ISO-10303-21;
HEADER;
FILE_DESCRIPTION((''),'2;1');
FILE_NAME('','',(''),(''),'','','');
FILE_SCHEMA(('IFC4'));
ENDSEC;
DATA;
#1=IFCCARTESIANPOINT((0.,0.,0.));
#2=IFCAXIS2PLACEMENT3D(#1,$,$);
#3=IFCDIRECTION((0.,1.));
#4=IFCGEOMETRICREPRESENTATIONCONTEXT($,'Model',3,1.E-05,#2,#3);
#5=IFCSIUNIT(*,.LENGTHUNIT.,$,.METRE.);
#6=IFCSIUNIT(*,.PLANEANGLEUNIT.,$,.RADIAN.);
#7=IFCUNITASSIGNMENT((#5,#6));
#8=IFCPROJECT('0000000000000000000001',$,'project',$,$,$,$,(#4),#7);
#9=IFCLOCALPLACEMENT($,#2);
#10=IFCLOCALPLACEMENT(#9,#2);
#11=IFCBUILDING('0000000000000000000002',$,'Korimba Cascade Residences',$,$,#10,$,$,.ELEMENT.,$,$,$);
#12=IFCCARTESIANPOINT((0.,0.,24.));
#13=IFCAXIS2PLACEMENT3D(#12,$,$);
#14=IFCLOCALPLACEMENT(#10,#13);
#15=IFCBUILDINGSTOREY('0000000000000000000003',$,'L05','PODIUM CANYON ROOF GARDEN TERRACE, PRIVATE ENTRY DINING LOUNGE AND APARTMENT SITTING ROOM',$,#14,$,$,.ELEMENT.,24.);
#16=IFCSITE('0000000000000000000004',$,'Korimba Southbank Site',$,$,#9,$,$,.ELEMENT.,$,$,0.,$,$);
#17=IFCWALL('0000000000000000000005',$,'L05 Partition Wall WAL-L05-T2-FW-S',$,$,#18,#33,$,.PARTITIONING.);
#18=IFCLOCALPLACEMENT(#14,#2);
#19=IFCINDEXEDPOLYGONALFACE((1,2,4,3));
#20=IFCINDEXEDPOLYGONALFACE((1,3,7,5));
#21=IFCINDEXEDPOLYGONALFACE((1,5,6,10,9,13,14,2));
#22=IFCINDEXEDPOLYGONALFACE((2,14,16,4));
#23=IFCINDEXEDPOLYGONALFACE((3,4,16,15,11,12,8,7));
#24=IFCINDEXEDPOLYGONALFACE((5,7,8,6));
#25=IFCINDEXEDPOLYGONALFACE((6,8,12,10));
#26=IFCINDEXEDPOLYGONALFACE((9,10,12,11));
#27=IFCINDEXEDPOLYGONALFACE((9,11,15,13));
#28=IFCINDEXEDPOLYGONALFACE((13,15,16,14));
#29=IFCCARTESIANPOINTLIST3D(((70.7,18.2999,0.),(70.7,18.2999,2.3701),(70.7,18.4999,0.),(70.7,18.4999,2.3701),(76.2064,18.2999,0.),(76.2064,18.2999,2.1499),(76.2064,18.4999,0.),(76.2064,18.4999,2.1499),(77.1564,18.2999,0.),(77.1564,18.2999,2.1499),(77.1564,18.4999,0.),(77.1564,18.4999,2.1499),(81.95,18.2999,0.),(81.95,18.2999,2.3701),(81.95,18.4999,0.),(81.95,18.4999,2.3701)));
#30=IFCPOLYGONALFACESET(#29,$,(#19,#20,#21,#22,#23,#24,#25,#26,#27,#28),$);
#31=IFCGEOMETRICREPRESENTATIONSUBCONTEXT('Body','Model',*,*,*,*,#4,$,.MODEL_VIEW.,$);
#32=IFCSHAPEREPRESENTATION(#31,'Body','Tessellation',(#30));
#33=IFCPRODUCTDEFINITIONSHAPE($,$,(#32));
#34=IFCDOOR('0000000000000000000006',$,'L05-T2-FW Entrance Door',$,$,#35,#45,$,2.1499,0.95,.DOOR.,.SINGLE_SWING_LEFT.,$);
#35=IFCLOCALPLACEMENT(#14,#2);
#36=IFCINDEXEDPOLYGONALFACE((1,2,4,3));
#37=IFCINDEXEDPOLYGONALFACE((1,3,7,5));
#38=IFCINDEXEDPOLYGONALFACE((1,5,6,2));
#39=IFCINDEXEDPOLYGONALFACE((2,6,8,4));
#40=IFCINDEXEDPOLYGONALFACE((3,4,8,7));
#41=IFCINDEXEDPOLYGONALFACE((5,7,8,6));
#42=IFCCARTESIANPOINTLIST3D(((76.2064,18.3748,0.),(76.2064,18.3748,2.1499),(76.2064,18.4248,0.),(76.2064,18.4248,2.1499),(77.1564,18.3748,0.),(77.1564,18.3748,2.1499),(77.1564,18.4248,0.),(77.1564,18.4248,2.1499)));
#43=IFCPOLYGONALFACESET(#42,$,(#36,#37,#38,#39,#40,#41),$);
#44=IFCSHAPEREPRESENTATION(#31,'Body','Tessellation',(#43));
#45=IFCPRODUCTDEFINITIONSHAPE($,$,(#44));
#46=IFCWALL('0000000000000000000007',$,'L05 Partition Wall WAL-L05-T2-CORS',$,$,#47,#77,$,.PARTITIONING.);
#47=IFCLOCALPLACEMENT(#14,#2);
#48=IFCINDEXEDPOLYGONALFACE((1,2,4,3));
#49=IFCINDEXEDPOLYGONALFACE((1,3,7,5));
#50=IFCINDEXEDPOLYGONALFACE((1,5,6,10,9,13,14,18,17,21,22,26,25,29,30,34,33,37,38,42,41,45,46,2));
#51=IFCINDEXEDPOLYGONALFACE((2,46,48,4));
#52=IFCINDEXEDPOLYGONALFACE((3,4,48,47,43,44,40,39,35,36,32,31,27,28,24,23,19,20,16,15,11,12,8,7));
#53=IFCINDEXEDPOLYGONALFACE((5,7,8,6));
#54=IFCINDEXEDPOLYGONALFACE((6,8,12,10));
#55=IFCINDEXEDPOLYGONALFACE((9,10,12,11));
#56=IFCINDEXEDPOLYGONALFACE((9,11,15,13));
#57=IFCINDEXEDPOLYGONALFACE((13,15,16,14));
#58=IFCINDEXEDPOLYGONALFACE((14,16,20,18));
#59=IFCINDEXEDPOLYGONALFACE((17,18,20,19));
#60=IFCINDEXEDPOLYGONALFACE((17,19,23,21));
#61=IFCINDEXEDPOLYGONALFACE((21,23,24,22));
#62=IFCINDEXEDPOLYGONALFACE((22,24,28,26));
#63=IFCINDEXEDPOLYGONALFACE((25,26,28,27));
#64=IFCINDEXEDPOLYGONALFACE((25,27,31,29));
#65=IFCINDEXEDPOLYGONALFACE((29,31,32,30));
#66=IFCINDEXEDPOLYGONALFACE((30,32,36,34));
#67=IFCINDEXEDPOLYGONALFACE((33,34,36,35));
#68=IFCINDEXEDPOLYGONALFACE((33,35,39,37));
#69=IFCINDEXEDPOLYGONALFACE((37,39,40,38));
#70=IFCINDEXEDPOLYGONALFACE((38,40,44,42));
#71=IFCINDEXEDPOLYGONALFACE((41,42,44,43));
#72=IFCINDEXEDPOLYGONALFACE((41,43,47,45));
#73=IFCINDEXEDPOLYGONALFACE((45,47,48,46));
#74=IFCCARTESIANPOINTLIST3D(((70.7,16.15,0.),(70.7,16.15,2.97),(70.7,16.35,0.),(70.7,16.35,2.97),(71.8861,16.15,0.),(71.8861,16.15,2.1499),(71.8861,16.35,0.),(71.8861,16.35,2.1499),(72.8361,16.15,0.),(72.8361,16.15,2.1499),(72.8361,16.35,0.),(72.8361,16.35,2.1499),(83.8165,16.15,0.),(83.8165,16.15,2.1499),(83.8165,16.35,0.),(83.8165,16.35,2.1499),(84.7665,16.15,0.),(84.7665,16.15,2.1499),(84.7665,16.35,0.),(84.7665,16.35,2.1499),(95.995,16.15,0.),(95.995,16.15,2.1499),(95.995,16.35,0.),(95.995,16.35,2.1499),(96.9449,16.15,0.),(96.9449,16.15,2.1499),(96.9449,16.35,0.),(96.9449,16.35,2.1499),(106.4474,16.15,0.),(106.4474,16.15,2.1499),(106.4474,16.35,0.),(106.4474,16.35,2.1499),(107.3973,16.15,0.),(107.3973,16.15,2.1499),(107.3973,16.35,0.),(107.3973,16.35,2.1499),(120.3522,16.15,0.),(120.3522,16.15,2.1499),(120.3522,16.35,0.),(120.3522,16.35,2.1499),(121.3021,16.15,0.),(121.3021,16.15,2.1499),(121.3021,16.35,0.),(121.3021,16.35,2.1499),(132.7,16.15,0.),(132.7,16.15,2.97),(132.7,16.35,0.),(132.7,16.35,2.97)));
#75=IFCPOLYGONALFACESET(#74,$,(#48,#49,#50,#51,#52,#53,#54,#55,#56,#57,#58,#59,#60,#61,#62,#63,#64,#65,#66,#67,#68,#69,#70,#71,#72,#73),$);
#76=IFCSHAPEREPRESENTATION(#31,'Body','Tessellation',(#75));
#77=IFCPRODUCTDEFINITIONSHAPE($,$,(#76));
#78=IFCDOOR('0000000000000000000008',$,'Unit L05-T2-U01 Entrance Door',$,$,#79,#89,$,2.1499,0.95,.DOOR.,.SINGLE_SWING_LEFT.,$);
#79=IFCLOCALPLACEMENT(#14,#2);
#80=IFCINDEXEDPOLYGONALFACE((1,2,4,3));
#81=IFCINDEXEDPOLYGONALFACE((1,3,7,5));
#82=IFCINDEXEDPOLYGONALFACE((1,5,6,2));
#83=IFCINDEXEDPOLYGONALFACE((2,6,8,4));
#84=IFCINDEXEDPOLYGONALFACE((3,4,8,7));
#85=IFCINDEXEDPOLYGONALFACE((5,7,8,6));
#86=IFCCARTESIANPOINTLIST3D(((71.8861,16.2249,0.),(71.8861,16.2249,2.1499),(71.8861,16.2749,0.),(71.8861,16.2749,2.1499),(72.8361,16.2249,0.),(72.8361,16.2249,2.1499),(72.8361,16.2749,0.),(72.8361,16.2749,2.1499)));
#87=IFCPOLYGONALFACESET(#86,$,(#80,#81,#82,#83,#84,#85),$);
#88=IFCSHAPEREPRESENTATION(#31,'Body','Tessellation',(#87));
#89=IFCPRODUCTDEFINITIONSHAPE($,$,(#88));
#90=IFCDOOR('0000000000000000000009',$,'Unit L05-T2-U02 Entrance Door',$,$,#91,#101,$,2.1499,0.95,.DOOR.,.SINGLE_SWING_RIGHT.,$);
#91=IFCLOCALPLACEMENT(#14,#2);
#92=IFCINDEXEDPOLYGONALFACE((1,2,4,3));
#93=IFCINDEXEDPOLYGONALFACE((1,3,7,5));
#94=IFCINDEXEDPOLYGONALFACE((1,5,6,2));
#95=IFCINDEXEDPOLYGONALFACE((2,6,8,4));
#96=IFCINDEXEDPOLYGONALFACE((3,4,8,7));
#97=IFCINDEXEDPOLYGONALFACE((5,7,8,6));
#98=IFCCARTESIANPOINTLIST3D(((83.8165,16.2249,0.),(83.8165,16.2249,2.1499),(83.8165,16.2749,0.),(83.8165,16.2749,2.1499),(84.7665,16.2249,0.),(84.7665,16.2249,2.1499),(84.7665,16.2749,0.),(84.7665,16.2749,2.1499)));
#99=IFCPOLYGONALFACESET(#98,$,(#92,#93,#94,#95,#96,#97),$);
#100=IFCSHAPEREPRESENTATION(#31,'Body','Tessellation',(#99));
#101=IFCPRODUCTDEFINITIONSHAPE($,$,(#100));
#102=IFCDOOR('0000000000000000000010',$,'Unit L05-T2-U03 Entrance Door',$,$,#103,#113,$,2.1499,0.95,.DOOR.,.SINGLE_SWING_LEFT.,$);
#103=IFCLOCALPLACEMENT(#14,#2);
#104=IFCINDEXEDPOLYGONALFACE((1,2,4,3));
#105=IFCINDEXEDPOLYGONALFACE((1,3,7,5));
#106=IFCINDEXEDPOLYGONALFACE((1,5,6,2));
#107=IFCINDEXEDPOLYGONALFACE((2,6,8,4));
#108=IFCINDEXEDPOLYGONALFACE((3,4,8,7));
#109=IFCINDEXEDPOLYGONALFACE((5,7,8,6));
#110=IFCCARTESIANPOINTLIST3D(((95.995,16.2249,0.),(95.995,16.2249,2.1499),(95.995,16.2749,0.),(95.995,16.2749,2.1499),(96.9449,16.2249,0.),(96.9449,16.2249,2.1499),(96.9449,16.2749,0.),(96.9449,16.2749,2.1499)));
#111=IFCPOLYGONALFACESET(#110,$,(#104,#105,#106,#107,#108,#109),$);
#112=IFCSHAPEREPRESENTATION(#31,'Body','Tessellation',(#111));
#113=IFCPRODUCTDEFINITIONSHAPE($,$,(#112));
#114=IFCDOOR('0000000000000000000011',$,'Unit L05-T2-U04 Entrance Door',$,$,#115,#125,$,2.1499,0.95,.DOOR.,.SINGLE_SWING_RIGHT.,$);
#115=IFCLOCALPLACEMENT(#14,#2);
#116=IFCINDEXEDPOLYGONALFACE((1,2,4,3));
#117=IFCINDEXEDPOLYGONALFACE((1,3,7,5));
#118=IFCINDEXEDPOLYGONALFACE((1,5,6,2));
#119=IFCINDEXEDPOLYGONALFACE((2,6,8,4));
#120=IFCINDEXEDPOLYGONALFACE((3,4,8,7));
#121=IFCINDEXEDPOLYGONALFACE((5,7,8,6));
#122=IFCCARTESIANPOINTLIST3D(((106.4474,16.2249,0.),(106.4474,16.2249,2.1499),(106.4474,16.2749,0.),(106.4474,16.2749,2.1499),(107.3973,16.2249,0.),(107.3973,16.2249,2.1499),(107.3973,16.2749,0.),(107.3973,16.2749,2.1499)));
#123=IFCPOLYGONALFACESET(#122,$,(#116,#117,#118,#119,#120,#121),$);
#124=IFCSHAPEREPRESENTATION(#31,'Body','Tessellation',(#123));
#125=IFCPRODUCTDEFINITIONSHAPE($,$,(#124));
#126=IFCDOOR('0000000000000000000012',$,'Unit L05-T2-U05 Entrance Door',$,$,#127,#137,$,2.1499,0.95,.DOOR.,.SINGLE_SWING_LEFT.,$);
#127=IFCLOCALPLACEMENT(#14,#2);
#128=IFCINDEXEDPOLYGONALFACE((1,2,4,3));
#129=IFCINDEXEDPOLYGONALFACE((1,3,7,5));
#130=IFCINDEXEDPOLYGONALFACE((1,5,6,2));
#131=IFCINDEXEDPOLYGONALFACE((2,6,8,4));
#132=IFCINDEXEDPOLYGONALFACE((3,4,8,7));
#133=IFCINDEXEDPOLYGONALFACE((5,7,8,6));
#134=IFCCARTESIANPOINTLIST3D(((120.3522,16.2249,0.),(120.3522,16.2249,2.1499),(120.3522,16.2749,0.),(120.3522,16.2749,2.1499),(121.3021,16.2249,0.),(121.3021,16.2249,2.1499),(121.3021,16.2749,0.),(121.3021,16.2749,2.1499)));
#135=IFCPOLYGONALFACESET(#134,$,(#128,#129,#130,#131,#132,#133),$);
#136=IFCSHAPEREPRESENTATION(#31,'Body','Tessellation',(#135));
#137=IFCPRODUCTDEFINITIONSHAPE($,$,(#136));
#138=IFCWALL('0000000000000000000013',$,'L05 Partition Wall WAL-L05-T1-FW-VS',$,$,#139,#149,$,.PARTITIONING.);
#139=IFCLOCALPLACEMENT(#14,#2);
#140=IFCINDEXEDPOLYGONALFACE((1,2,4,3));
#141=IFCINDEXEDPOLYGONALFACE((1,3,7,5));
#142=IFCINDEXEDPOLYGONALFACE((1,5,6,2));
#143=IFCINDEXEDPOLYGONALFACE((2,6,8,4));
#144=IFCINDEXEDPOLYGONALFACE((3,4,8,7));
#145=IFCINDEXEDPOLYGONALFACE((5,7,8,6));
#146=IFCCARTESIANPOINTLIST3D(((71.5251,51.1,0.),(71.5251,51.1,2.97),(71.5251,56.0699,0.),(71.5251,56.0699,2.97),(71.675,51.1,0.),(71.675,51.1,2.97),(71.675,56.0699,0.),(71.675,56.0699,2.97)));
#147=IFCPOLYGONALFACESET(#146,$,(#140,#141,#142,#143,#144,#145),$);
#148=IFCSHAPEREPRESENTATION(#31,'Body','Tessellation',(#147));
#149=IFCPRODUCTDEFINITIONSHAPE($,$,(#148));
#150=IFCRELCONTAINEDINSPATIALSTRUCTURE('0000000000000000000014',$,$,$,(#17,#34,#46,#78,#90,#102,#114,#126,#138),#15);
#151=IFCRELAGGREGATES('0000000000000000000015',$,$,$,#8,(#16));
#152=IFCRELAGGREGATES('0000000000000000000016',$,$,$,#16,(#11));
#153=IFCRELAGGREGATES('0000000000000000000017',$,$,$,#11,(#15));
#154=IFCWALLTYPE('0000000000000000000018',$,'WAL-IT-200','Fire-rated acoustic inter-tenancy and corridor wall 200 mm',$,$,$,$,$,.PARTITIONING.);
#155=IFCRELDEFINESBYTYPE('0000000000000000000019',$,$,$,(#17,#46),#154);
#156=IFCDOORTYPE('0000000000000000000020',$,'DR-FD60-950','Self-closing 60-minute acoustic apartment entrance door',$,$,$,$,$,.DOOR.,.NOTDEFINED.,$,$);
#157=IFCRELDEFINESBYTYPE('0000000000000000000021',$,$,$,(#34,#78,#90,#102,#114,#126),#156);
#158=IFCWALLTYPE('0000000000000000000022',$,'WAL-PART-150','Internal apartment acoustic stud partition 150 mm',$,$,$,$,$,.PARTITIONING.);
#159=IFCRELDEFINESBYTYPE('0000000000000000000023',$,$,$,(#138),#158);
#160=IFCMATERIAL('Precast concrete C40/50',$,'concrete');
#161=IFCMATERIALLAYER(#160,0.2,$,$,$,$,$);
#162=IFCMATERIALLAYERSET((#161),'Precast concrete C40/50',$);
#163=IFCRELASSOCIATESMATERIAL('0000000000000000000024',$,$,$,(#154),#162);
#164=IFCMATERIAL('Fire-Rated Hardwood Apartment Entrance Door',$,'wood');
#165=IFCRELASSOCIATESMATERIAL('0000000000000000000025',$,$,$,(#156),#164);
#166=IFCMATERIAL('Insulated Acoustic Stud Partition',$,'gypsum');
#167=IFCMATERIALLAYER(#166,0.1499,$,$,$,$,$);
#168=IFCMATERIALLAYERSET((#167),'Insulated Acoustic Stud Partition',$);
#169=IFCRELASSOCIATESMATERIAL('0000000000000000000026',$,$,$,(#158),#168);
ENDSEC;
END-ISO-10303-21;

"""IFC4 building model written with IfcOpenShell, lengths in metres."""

from ifc_helpers import new_model, si_unit, direction, frame, frame_2d, origin, place, context, subcontext, project, spatial, rectangle, extrude, material, layer, layer_set, type_object, element, fill, save


model = new_model("IFC4")

# Units and contexts
model_context = context("Model", 3, precision=1e-05, world=origin(), true_north=direction((0.0, 1.0)))
body_context = subcontext(model_context, "Body", "Model", "MODEL_VIEW")
ifc_project = project(units=[si_unit("LENGTHUNIT", "METRE"), si_unit("PLANEANGLEUNIT", "RADIAN")], contexts=[model_context])

# Site, building, storey
site_placement = place(None, origin())
site = spatial("IfcSite", under=ifc_project, at=site_placement, Name="Korimba Southbank Site", CompositionType="ELEMENT", RefElevation=0.0)
building_placement = place(site_placement, origin())
building = spatial("IfcBuilding", under=site, at=building_placement, Name="Korimba Cascade Residences", CompositionType="ELEMENT")
storey_placement = place(building_placement, frame((0.0, 0.0, 24.0)))
storey = spatial("IfcBuildingStorey", under=building, at=storey_placement, Name="L05", Description="PODIUM CANYON ROOF GARDEN TERRACE, PRIVATE ENTRY DINING LOUNGE AND APARTMENT SITTING ROOM", CompositionType="ELEMENT", Elevation=24.0)

# Shared definitions
ifc_material_1 = material(Name="Precast concrete C40/50", Category="concrete")

# Shared definitions
ifc_layer_1 = layer(ifc_material_1, 0.2)
ifc_layer_set_1 = layer_set([ifc_layer_1], Name="Precast concrete C40/50")
wall_type_1 = type_object("IfcWallType", Name="WAL-IT-200", Description="Fire-rated acoustic inter-tenancy and corridor wall 200 mm", PredefinedType="PARTITIONING", material=ifc_layer_set_1)

# Wall, opening, door
wall_1_placement = place(storey_placement, frame((70.7, 18.3999, 0.0), z_axis=(0.0, 0.0, 1.0), x_axis=(1.0, 0.0, 0.0)))
wall_1 = element("IfcWall", 1, at=wall_1_placement, inside=storey, type_object=wall_type_1, Name="L05 Partition Wall WAL-L05-T2-FW-S", PredefinedType="PARTITIONING", context=body_context, shape_type="SweptSolid", body=[
    extrude(rectangle(XDim=11.25, YDim=0.2, at=frame_2d((5.625, 0.0))), origin(), (0.0, 0.0, 1.0), 2.3701),
])
opening_1_placement = place(wall_1_placement, frame((5.5063, 0.0, 0.0)))
opening_1 = element("IfcOpeningElement", 2, at=opening_1_placement, cuts=wall_1, PredefinedType="OPENING", context=body_context, shape_type="SweptSolid", body=[
    extrude(rectangle(XDim=0.95, YDim=2.1499, at=frame_2d((0.4751, 1.075))), frame((0.0, 0.1099, 0.0), z_axis=(0.0, -1.0, 0.0), x_axis=(1.0, 0.0, 0.0)), (0.0, 0.0, 1.0), 0.22),
])
ifc_material_2 = material(Name="Fire-Rated Hardwood Apartment Entrance Door", Category="wood")
door_type_1 = type_object("IfcDoorType", Name="DR-FD60-950", Description="Self-closing 60-minute acoustic apartment entrance door", OperationType="NOTDEFINED", PredefinedType="DOOR", material=ifc_material_2)
door_1_placement = place(opening_1_placement, origin())
door_1 = element("IfcDoor", 3, at=door_1_placement, inside=storey, type_object=door_type_1, Name="L05-T2-FW Entrance Door", OperationType="SINGLE_SWING_LEFT", OverallHeight=2.1499, OverallWidth=0.95, PredefinedType="DOOR", context=body_context, shape_type="SweptSolid", body=[
    extrude(rectangle(XDim=0.95, YDim=2.1499, at=frame_2d((0.4751, 1.075))), frame((0.0, 0.0249, 0.0), z_axis=(0.0, -1.0, 0.0), x_axis=(1.0, 0.0, 0.0)), (0.0, 0.0, 1.0), 0.05),
])
fill(opening_1, door_1)

# Wall, openings, doors
wall_2_placement = place(storey_placement, frame((70.7, 16.25, 0.0), z_axis=(0.0, 0.0, 1.0), x_axis=(1.0, 0.0, 0.0)))
wall_2 = element("IfcWall", 4, at=wall_2_placement, inside=storey, type_object=wall_type_1, Name="L05 Partition Wall WAL-L05-T2-CORS", PredefinedType="PARTITIONING", context=body_context, shape_type="SweptSolid", body=[
    extrude(rectangle(XDim=62.0, YDim=0.2, at=frame_2d((31.0, 0.0))), origin(), (0.0, 0.0, 1.0), 2.97),
])
opening_2_placement = place(wall_2_placement, frame((1.186, 0.0, 0.0)))
opening_2 = element("IfcOpeningElement", 5, at=opening_2_placement, cuts=wall_2, PredefinedType="OPENING", context=body_context, shape_type="SweptSolid", body=[
    extrude(rectangle(XDim=0.95, YDim=2.1499, at=frame_2d((0.4751, 1.075))), frame((0.0, 0.1099, 0.0), z_axis=(0.0, -1.0, 0.0), x_axis=(1.0, 0.0, 0.0)), (0.0, 0.0, 1.0), 0.22),
])
opening_3_placement = place(wall_2_placement, frame((13.1165, 0.0, 0.0)))
opening_3 = element("IfcOpeningElement", 6, at=opening_3_placement, cuts=wall_2, PredefinedType="OPENING", context=body_context, shape_type="SweptSolid", body=[
    extrude(rectangle(XDim=0.95, YDim=2.1499, at=frame_2d((0.4751, 1.075))), frame((0.0, 0.1099, 0.0), z_axis=(0.0, -1.0, 0.0), x_axis=(1.0, 0.0, 0.0)), (0.0, 0.0, 1.0), 0.22),
])
opening_4_placement = place(wall_2_placement, frame((25.2949, 0.0, 0.0)))
opening_4 = element("IfcOpeningElement", 7, at=opening_4_placement, cuts=wall_2, PredefinedType="OPENING", context=body_context, shape_type="SweptSolid", body=[
    extrude(rectangle(XDim=0.95, YDim=2.1499, at=frame_2d((0.4751, 1.075))), frame((0.0, 0.1099, 0.0), z_axis=(0.0, -1.0, 0.0), x_axis=(1.0, 0.0, 0.0)), (0.0, 0.0, 1.0), 0.22),
])
opening_5_placement = place(wall_2_placement, frame((35.7473, 0.0, 0.0)))
opening_5 = element("IfcOpeningElement", 8, at=opening_5_placement, cuts=wall_2, PredefinedType="OPENING", context=body_context, shape_type="SweptSolid", body=[
    extrude(rectangle(XDim=0.95, YDim=2.1499, at=frame_2d((0.4751, 1.075))), frame((0.0, 0.1099, 0.0), z_axis=(0.0, -1.0, 0.0), x_axis=(1.0, 0.0, 0.0)), (0.0, 0.0, 1.0), 0.22),
])
opening_6_placement = place(wall_2_placement, frame((49.6521, 0.0, 0.0)))
opening_6 = element("IfcOpeningElement", 9, at=opening_6_placement, cuts=wall_2, PredefinedType="OPENING", context=body_context, shape_type="SweptSolid", body=[
    extrude(rectangle(XDim=0.95, YDim=2.1499, at=frame_2d((0.4751, 1.075))), frame((0.0, 0.1099, 0.0), z_axis=(0.0, -1.0, 0.0), x_axis=(1.0, 0.0, 0.0)), (0.0, 0.0, 1.0), 0.22),
])
door_2_placement = place(opening_2_placement, origin())
door_2 = element("IfcDoor", 10, at=door_2_placement, inside=storey, type_object=door_type_1, Name="Unit L05-T2-U01 Entrance Door", OperationType="SINGLE_SWING_LEFT", OverallHeight=2.1499, OverallWidth=0.95, PredefinedType="DOOR", context=body_context, shape_type="SweptSolid", body=[
    extrude(rectangle(XDim=0.95, YDim=2.1499, at=frame_2d((0.4751, 1.075))), frame((0.0, 0.0249, 0.0), z_axis=(0.0, -1.0, 0.0), x_axis=(1.0, 0.0, 0.0)), (0.0, 0.0, 1.0), 0.05),
])
fill(opening_2, door_2)
door_3_placement = place(opening_3_placement, origin())
door_3 = element("IfcDoor", 11, at=door_3_placement, inside=storey, type_object=door_type_1, Name="Unit L05-T2-U02 Entrance Door", OperationType="SINGLE_SWING_RIGHT", OverallHeight=2.1499, OverallWidth=0.95, PredefinedType="DOOR", context=body_context, shape_type="SweptSolid", body=[
    extrude(rectangle(XDim=0.95, YDim=2.1499, at=frame_2d((0.4751, 1.075))), frame((0.0, 0.0249, 0.0), z_axis=(0.0, -1.0, 0.0), x_axis=(1.0, 0.0, 0.0)), (0.0, 0.0, 1.0), 0.05),
])
fill(opening_3, door_3)
door_4_placement = place(opening_4_placement, origin())
door_4 = element("IfcDoor", 12, at=door_4_placement, inside=storey, type_object=door_type_1, Name="Unit L05-T2-U03 Entrance Door", OperationType="SINGLE_SWING_LEFT", OverallHeight=2.1499, OverallWidth=0.95, PredefinedType="DOOR", context=body_context, shape_type="SweptSolid", body=[
    extrude(rectangle(XDim=0.95, YDim=2.1499, at=frame_2d((0.4751, 1.075))), frame((0.0, 0.0249, 0.0), z_axis=(0.0, -1.0, 0.0), x_axis=(1.0, 0.0, 0.0)), (0.0, 0.0, 1.0), 0.05),
])
fill(opening_4, door_4)
door_5_placement = place(opening_5_placement, origin())
door_5 = element("IfcDoor", 13, at=door_5_placement, inside=storey, type_object=door_type_1, Name="Unit L05-T2-U04 Entrance Door", OperationType="SINGLE_SWING_RIGHT", OverallHeight=2.1499, OverallWidth=0.95, PredefinedType="DOOR", context=body_context, shape_type="SweptSolid", body=[
    extrude(rectangle(XDim=0.95, YDim=2.1499, at=frame_2d((0.4751, 1.075))), frame((0.0, 0.0249, 0.0), z_axis=(0.0, -1.0, 0.0), x_axis=(1.0, 0.0, 0.0)), (0.0, 0.0, 1.0), 0.05),
])
fill(opening_5, door_5)
door_6_placement = place(opening_6_placement, origin())
door_6 = element("IfcDoor", 14, at=door_6_placement, inside=storey, type_object=door_type_1, Name="Unit L05-T2-U05 Entrance Door", OperationType="SINGLE_SWING_LEFT", OverallHeight=2.1499, OverallWidth=0.95, PredefinedType="DOOR", context=body_context, shape_type="SweptSolid", body=[
    extrude(rectangle(XDim=0.95, YDim=2.1499, at=frame_2d((0.4751, 1.075))), frame((0.0, 0.0249, 0.0), z_axis=(0.0, -1.0, 0.0), x_axis=(1.0, 0.0, 0.0)), (0.0, 0.0, 1.0), 0.05),
])
fill(opening_6, door_6)

# Wall
ifc_material_3 = material(Name="Insulated Acoustic Stud Partition", Category="gypsum")
ifc_layer_2 = layer(ifc_material_3, 0.1499)
ifc_layer_set_2 = layer_set([ifc_layer_2], Name="Insulated Acoustic Stud Partition")
wall_type_2 = type_object("IfcWallType", Name="WAL-PART-150", Description="Internal apartment acoustic stud partition 150 mm", PredefinedType="PARTITIONING", material=ifc_layer_set_2)
wall_3_placement = place(storey_placement, frame((71.6001, 51.1001, 0.0), z_axis=(0.0, 0.0, 1.0), x_axis=(0.0, 1.0, 0.0)))
element("IfcWall", 15, at=wall_3_placement, inside=storey, type_object=wall_type_2, Name="L05 Partition Wall WAL-L05-T1-FW-VS", PredefinedType="PARTITIONING", context=body_context, shape_type="SweptSolid", body=[
    extrude(rectangle(XDim=4.97, YDim=0.1499, at=frame_2d((2.4849, 0.0))), origin(), (0.0, 0.0, 1.0), 2.97),
])

save(model, "model.ifc")
